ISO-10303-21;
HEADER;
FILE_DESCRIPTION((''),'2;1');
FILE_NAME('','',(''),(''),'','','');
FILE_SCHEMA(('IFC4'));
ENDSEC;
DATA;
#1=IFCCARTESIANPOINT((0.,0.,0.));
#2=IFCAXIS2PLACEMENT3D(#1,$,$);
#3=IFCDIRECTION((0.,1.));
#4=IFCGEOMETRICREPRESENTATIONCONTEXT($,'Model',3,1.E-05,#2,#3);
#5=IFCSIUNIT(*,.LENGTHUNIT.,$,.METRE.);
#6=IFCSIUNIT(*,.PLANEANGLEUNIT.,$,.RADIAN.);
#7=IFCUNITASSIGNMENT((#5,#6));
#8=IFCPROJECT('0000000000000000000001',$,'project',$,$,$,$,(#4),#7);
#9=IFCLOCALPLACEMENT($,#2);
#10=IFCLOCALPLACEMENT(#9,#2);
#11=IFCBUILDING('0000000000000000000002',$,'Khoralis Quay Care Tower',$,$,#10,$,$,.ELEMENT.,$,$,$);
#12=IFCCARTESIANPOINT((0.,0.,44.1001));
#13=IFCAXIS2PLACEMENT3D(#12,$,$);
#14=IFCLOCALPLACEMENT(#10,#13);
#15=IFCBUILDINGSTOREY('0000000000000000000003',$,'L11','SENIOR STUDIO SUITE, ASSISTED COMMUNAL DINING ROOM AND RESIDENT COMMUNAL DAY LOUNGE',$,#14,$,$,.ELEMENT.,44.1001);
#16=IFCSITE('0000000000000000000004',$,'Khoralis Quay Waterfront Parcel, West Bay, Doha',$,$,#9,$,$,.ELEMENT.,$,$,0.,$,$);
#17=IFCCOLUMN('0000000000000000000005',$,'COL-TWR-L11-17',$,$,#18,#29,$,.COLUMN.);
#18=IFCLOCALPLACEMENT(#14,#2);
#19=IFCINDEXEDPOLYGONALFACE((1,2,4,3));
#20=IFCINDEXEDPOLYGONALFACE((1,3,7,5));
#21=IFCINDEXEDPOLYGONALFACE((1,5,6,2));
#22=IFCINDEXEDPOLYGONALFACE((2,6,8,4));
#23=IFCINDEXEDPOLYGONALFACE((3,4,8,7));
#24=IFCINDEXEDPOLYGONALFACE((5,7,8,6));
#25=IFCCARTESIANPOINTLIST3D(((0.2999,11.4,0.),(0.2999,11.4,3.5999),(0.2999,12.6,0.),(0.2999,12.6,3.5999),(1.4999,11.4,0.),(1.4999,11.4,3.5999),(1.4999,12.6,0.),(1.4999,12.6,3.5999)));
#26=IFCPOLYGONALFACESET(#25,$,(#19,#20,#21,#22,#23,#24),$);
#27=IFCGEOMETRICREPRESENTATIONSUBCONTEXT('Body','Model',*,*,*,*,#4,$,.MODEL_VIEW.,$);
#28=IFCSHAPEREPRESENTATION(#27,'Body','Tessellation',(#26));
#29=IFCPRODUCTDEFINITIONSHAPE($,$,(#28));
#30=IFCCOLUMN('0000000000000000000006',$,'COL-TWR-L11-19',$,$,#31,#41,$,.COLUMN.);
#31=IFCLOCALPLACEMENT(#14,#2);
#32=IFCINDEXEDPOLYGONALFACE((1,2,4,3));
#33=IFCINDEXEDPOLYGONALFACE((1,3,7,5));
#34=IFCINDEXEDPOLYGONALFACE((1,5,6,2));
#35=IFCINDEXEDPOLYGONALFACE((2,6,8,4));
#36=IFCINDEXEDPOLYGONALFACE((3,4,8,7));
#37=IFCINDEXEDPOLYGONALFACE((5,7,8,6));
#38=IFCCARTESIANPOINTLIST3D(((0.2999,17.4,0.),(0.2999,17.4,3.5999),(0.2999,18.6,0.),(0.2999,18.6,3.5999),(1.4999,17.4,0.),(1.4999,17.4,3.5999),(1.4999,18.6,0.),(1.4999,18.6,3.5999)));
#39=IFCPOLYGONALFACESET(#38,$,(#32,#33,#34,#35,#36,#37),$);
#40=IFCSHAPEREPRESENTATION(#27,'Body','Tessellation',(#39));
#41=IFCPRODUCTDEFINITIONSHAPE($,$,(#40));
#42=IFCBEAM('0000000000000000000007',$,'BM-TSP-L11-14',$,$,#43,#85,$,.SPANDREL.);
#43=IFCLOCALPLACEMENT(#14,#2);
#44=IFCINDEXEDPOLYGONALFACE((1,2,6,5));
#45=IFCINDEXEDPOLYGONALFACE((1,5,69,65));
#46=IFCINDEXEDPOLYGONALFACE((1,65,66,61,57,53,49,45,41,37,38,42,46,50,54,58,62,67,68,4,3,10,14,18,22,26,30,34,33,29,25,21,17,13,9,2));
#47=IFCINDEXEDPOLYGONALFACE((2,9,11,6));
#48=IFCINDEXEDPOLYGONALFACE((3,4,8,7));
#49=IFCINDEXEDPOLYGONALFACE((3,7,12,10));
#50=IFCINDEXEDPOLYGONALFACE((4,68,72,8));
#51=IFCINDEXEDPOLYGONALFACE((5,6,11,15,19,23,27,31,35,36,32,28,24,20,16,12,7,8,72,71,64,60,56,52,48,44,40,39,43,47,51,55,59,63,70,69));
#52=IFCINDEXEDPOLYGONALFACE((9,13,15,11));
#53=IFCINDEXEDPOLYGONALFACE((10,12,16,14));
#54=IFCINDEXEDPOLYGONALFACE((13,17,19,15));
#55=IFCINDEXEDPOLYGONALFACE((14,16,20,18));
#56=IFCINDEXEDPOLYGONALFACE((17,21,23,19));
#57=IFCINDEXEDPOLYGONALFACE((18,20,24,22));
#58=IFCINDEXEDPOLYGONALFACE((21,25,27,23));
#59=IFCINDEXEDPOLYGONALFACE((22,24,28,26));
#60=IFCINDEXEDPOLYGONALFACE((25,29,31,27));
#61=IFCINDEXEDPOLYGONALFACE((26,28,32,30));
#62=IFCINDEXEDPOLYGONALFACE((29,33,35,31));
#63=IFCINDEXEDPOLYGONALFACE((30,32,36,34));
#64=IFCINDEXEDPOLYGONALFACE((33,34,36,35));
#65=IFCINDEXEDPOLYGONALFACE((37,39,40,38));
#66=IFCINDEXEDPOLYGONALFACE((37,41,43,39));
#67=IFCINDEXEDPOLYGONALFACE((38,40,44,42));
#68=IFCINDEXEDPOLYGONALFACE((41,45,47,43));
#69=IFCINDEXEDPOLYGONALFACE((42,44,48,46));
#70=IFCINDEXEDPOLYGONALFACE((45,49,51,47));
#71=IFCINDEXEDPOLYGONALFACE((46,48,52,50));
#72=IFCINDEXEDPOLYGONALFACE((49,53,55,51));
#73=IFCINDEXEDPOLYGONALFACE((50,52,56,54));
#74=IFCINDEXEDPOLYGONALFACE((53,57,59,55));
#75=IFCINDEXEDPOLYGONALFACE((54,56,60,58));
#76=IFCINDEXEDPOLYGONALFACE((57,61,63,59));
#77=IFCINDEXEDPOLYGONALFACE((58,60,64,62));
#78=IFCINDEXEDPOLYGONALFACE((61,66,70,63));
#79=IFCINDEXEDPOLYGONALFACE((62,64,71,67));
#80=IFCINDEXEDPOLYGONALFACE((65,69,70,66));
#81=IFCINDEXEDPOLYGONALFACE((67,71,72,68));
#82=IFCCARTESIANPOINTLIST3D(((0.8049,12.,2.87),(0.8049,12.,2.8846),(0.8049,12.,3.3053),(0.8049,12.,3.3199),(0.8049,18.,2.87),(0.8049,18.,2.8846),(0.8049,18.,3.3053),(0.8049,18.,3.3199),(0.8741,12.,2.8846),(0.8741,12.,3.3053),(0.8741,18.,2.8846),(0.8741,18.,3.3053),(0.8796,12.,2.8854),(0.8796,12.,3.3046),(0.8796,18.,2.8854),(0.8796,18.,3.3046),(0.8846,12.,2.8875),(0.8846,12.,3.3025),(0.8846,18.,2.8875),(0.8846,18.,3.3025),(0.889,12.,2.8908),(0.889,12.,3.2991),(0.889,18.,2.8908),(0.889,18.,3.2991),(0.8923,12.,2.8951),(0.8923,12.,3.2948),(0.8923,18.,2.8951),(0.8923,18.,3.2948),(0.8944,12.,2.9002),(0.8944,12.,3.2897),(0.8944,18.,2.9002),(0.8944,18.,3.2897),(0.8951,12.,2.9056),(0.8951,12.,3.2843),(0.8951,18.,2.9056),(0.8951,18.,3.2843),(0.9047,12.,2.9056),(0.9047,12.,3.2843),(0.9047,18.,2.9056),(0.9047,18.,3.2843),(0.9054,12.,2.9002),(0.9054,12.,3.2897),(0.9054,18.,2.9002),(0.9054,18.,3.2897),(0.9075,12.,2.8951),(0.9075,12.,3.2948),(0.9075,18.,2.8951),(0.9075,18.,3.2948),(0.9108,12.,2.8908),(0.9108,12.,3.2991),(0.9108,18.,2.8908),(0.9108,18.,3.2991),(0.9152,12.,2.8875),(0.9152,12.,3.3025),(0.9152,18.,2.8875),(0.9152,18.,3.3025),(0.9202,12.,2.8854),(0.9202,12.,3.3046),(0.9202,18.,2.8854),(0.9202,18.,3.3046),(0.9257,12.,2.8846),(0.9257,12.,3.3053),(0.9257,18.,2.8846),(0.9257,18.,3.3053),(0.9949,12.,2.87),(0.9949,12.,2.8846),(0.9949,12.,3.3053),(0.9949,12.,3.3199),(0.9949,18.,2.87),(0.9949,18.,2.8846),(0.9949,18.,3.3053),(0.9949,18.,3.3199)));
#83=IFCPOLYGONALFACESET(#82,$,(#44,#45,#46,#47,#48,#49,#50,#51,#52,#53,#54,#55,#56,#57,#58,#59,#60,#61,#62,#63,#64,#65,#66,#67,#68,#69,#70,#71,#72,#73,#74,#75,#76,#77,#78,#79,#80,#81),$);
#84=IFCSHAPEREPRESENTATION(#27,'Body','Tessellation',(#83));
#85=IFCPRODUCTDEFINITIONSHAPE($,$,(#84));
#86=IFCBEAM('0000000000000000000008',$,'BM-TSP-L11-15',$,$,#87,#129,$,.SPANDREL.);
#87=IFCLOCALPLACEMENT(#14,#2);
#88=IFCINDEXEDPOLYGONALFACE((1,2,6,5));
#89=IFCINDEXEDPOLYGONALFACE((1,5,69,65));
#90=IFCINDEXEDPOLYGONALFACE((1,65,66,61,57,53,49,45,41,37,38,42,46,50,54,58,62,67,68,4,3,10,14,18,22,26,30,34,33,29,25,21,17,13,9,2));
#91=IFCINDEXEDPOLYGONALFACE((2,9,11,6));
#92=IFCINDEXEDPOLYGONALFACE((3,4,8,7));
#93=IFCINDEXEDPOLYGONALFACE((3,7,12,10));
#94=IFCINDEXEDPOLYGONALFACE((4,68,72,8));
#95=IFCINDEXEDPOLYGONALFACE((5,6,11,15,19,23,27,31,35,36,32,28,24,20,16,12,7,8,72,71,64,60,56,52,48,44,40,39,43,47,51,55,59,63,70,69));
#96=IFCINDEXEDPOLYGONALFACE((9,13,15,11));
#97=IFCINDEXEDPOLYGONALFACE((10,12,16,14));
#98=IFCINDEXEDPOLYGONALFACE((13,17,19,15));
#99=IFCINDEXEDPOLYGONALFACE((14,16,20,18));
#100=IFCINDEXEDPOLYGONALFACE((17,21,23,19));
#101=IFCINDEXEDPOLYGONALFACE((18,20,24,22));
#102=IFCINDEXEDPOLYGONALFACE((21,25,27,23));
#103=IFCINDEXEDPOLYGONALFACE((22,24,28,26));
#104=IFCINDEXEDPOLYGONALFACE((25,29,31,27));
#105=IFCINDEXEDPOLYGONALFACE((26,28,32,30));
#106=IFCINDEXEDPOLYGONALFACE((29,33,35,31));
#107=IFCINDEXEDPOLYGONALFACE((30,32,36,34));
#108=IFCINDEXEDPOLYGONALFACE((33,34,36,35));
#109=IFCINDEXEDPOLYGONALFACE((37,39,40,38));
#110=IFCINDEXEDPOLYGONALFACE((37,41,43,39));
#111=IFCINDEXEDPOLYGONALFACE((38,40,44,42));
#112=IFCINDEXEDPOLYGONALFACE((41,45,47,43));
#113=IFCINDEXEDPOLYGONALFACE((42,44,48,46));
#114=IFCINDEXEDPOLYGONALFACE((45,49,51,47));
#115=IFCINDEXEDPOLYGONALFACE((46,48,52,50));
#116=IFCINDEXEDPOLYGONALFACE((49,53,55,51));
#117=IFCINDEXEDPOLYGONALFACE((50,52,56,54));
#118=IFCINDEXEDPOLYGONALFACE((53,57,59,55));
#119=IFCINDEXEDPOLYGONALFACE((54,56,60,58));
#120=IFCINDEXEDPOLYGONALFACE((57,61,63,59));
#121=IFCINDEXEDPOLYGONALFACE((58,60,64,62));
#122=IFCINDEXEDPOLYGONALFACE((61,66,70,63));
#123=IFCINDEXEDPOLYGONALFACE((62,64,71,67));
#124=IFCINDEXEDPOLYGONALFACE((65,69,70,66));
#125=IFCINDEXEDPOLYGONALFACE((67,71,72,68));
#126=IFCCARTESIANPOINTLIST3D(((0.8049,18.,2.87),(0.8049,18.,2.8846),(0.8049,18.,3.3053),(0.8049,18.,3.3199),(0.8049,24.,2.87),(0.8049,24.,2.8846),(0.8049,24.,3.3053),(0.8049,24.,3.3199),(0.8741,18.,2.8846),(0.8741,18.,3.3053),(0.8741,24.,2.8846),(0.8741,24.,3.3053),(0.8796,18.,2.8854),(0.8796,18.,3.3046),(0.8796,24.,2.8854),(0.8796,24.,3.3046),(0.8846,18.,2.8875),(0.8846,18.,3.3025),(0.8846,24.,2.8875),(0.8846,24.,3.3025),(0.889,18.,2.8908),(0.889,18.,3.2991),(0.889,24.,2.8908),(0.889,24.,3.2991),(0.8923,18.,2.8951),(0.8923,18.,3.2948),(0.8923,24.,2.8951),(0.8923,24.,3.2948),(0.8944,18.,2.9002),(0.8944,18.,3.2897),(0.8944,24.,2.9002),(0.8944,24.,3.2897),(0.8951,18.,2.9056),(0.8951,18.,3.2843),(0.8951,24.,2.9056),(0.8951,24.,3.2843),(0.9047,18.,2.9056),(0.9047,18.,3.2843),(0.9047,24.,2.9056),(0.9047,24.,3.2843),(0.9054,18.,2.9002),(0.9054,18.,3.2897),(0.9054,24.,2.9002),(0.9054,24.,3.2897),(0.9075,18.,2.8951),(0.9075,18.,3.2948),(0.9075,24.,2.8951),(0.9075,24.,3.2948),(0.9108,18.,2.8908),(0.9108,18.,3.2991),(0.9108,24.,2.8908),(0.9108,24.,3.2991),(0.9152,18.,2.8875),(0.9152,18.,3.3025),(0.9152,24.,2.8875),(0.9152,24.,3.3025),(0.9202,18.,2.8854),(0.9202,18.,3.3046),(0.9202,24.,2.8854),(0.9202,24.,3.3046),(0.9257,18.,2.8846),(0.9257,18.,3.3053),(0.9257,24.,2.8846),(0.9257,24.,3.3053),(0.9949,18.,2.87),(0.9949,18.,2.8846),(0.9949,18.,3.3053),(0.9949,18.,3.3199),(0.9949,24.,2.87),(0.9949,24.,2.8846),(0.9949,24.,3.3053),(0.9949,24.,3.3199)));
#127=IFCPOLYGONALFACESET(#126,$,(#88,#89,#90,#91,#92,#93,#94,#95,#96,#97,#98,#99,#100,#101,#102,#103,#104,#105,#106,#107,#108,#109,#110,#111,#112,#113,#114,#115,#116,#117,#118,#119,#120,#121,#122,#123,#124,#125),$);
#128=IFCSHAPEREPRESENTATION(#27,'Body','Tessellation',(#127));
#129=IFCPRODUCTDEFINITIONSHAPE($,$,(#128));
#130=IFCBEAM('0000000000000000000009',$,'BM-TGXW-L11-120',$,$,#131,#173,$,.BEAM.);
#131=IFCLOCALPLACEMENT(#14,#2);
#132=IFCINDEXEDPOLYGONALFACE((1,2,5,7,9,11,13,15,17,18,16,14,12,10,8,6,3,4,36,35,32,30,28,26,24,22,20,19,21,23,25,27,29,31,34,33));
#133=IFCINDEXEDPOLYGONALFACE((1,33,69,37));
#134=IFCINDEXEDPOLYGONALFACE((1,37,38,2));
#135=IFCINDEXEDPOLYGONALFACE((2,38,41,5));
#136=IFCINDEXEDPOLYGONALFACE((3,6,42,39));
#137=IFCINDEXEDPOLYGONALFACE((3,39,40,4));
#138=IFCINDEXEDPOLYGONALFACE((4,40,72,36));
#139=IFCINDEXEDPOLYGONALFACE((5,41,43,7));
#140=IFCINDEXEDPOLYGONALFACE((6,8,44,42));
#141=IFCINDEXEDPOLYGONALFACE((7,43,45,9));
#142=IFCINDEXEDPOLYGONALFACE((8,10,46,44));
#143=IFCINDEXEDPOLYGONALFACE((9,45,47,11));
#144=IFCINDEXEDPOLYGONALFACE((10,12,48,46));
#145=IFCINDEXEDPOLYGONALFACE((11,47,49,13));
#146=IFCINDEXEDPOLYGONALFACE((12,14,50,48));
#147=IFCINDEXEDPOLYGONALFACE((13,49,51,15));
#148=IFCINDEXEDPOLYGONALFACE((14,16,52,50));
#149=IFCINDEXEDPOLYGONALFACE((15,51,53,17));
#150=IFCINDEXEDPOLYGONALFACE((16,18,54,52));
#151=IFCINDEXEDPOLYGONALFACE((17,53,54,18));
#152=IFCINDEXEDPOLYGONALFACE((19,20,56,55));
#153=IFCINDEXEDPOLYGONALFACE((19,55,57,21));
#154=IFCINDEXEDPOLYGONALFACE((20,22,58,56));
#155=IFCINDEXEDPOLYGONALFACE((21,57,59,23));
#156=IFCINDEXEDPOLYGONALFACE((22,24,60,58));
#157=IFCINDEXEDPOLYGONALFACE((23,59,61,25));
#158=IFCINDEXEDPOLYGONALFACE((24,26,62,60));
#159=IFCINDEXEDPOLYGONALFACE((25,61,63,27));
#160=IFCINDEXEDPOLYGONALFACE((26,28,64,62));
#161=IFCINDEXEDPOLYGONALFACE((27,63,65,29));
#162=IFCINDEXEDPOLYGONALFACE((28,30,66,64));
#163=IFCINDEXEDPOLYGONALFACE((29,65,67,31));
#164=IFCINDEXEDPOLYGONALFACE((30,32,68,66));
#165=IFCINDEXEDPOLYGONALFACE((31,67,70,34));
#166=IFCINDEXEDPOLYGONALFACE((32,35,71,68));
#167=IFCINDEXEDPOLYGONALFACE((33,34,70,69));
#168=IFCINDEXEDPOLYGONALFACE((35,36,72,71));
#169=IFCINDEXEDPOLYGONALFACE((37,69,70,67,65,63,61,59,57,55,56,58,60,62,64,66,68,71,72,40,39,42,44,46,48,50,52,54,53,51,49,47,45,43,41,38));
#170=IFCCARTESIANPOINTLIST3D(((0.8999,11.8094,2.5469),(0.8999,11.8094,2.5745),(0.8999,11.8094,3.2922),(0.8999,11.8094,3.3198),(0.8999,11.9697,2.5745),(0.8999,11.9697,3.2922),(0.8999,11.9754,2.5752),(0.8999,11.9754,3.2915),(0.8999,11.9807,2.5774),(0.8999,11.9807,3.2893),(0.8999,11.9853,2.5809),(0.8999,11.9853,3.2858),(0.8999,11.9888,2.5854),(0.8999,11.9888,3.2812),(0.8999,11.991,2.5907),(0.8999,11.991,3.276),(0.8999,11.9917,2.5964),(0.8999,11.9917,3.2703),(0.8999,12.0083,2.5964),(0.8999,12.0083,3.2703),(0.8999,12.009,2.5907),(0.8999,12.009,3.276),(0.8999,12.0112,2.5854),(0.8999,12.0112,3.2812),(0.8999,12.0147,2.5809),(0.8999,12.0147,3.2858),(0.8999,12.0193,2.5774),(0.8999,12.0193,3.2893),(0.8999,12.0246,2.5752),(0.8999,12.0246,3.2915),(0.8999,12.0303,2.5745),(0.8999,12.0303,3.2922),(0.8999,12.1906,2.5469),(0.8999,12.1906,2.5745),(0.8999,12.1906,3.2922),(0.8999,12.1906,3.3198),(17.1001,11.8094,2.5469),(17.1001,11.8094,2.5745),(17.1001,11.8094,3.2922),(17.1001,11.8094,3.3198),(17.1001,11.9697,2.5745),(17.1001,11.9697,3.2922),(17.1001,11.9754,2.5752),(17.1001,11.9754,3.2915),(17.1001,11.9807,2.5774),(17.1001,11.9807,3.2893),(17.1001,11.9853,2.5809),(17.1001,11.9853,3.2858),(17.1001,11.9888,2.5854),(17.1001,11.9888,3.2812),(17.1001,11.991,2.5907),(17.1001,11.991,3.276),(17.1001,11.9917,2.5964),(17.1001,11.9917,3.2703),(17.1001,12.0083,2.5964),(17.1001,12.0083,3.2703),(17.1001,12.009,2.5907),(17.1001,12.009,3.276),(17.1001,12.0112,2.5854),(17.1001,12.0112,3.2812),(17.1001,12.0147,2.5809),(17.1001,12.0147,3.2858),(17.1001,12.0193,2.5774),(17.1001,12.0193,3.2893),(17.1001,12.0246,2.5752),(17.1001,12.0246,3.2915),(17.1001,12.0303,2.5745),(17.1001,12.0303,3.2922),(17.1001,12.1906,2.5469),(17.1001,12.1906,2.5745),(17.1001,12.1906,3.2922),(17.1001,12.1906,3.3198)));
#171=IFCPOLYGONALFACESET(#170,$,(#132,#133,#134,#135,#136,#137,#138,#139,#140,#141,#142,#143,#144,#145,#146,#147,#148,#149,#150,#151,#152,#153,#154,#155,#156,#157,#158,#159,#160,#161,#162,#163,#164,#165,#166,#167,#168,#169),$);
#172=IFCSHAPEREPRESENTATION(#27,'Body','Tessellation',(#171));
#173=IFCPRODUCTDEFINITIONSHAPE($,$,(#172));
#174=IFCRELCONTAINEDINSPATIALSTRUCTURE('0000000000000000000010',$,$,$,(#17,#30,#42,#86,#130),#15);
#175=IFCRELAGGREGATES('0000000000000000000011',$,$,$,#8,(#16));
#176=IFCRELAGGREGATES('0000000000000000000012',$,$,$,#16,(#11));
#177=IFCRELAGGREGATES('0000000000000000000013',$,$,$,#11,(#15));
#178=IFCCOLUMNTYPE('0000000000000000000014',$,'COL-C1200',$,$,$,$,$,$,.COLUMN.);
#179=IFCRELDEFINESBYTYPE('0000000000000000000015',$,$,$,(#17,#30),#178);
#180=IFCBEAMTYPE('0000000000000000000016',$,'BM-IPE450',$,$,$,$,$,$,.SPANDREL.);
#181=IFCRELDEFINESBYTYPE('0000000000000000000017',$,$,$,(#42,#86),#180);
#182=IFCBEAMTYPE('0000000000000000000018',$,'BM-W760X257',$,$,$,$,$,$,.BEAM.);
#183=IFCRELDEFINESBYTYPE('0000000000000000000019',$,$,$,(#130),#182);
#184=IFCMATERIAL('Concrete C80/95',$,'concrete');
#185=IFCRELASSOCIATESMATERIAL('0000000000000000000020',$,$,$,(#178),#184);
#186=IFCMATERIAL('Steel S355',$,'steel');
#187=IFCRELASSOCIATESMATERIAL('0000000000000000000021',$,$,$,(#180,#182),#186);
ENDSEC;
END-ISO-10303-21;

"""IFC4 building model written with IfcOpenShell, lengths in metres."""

from ifc_helpers import new_model, si_unit, direction, frame, origin, origin_2d, place, context, subcontext, project, spatial, rectangle, i_section, extrude, source, transform, mapped, material, material_profile, profile_set, type_object, element, save


model = new_model("IFC4")

# Units and contexts
model_context = context("Model", 3, precision=1e-05, world=origin(), true_north=direction((0.0, 1.0)))
body_context = subcontext(model_context, "Body", "Model", "MODEL_VIEW")
ifc_project = project(units=[si_unit("LENGTHUNIT", "METRE"), si_unit("PLANEANGLEUNIT", "RADIAN")], contexts=[model_context])

# Site, building, storey
site_placement = place(None, origin())
site = spatial("IfcSite", under=ifc_project, at=site_placement, Name="Khoralis Quay Waterfront Parcel, West Bay, Doha", CompositionType="ELEMENT", RefElevation=0.0)
building_placement = place(site_placement, origin())
building = spatial("IfcBuilding", under=site, at=building_placement, Name="Khoralis Quay Care Tower", CompositionType="ELEMENT")
storey_placement = place(building_placement, frame((0.0, 0.0, 44.1001)))
storey = spatial("IfcBuildingStorey", under=building, at=storey_placement, Name="L11", Description="SENIOR STUDIO SUITE, ASSISTED COMMUNAL DINING ROOM AND RESIDENT COMMUNAL DAY LOUNGE", CompositionType="ELEMENT", Elevation=44.1001)

# Columns
ifc_material_1 = material(Name="Concrete C80/95", Category="concrete")
ifc_material_profile_1 = material_profile(ifc_material_1, rectangle(XDim=1.2, YDim=1.2, at=origin_2d()), Name="Concrete C80/95")
ifc_profile_set_1 = profile_set([ifc_material_profile_1], Name="Concrete C80/95")
column_type = type_object("IfcColumnType", Name="COL-C1200", PredefinedType="COLUMN", material=ifc_profile_set_1)
shared_shape_1 = source(origin(), body_context, "Body", "SweptSolid", [
    extrude(rectangle(XDim=1.2, YDim=1.2, at=origin_2d()), origin(), (0.0, 0.0, 1.0), 3.5999),
])
for number, where, z_axis, x_axis, name in (
    (1, (0.8999, 12.0, 0.0), (0.0, 0.0, 1.0), (1.0, 0.0, 0.0), "COL-TWR-L11-17"),
    (2, (0.8999, 18.0, 0.0), (0.0, 0.0, 1.0), (1.0, 0.0, 0.0), "COL-TWR-L11-19"),
):
    element("IfcColumn", number, at=place(storey_placement, frame(where, z_axis=z_axis, x_axis=x_axis)), inside=storey, type_object=column_type, Name=name, PredefinedType="COLUMN", context=body_context, shape_type="MappedRepresentation", body=[
        mapped(shared_shape_1, transform((0.0, 0.0, 0.0), scale=1.0)),
    ])

# Beams
ifc_material_2 = material(Name="Steel S355", Category="steel")
ifc_material_profile_2 = material_profile(ifc_material_2, i_section(OverallWidth=0.1899, OverallDepth=0.45, WebThickness=0.0095, FlangeThickness=0.0146, FilletRadius=0.021, at=origin_2d()), Name="Steel S355")
ifc_profile_set_2 = profile_set([ifc_material_profile_2], Name="Steel S355")
beam_type_1 = type_object("IfcBeamType", Name="BM-IPE450", PredefinedType="SPANDREL", material=ifc_profile_set_2)
shared_shape_2 = source(origin(), body_context, "Body", "SweptSolid", [
    extrude(i_section(OverallWidth=0.1899, OverallDepth=0.45, WebThickness=0.0095, FlangeThickness=0.0146, FilletRadius=0.021, at=origin_2d()), origin(), (0.0, 0.0, 1.0), 6.0),
])
for number, where, z_axis, x_axis, name in (
    (3, (0.8999, 12.0, 3.095), (0.0, 1.0, 0.0), (-1.0, 0.0, 0.0), "BM-TSP-L11-14"),
    (4, (0.8999, 18.0, 3.095), (0.0, 1.0, 0.0), (-1.0, 0.0, 0.0), "BM-TSP-L11-15"),
):
    element("IfcBeam", number, at=place(storey_placement, frame(where, z_axis=z_axis, x_axis=x_axis)), inside=storey, type_object=beam_type_1, Name=name, PredefinedType="SPANDREL", context=body_context, shape_type="MappedRepresentation", body=[
        mapped(shared_shape_2, transform((0.0, 0.0, 0.0), scale=1.0)),
    ])
ifc_material_profile_3 = material_profile(ifc_material_2, i_section(OverallWidth=0.3811, OverallDepth=0.7729, WebThickness=0.0166, FlangeThickness=0.0276, FilletRadius=0.022, at=origin_2d()), Name="Steel S355")
ifc_profile_set_3 = profile_set([ifc_material_profile_3], Name="Steel S355")
beam_type_2 = type_object("IfcBeamType", Name="BM-W760X257", PredefinedType="BEAM", material=ifc_profile_set_3)
shared_shape_3 = source(origin(), body_context, "Body", "SweptSolid", [
    extrude(i_section(OverallWidth=0.3811, OverallDepth=0.7729, WebThickness=0.0166, FlangeThickness=0.0276, FilletRadius=0.022, at=origin_2d()), origin(), (0.0, 0.0, 1.0), 16.2002),
])
beam_1_placement = place(storey_placement, frame((0.8999, 12.0, 2.9333), z_axis=(1.0, 0.0, 0.0), x_axis=(0.0, 1.0, 0.0)))
element("IfcBeam", 5, at=beam_1_placement, inside=storey, type_object=beam_type_2, Name="BM-TGXW-L11-120", PredefinedType="BEAM", context=body_context, shape_type="MappedRepresentation", body=[
    mapped(shared_shape_3, transform((0.0, 0.0, 0.0), scale=1.0)),
])

save(model, "model.ifc")
